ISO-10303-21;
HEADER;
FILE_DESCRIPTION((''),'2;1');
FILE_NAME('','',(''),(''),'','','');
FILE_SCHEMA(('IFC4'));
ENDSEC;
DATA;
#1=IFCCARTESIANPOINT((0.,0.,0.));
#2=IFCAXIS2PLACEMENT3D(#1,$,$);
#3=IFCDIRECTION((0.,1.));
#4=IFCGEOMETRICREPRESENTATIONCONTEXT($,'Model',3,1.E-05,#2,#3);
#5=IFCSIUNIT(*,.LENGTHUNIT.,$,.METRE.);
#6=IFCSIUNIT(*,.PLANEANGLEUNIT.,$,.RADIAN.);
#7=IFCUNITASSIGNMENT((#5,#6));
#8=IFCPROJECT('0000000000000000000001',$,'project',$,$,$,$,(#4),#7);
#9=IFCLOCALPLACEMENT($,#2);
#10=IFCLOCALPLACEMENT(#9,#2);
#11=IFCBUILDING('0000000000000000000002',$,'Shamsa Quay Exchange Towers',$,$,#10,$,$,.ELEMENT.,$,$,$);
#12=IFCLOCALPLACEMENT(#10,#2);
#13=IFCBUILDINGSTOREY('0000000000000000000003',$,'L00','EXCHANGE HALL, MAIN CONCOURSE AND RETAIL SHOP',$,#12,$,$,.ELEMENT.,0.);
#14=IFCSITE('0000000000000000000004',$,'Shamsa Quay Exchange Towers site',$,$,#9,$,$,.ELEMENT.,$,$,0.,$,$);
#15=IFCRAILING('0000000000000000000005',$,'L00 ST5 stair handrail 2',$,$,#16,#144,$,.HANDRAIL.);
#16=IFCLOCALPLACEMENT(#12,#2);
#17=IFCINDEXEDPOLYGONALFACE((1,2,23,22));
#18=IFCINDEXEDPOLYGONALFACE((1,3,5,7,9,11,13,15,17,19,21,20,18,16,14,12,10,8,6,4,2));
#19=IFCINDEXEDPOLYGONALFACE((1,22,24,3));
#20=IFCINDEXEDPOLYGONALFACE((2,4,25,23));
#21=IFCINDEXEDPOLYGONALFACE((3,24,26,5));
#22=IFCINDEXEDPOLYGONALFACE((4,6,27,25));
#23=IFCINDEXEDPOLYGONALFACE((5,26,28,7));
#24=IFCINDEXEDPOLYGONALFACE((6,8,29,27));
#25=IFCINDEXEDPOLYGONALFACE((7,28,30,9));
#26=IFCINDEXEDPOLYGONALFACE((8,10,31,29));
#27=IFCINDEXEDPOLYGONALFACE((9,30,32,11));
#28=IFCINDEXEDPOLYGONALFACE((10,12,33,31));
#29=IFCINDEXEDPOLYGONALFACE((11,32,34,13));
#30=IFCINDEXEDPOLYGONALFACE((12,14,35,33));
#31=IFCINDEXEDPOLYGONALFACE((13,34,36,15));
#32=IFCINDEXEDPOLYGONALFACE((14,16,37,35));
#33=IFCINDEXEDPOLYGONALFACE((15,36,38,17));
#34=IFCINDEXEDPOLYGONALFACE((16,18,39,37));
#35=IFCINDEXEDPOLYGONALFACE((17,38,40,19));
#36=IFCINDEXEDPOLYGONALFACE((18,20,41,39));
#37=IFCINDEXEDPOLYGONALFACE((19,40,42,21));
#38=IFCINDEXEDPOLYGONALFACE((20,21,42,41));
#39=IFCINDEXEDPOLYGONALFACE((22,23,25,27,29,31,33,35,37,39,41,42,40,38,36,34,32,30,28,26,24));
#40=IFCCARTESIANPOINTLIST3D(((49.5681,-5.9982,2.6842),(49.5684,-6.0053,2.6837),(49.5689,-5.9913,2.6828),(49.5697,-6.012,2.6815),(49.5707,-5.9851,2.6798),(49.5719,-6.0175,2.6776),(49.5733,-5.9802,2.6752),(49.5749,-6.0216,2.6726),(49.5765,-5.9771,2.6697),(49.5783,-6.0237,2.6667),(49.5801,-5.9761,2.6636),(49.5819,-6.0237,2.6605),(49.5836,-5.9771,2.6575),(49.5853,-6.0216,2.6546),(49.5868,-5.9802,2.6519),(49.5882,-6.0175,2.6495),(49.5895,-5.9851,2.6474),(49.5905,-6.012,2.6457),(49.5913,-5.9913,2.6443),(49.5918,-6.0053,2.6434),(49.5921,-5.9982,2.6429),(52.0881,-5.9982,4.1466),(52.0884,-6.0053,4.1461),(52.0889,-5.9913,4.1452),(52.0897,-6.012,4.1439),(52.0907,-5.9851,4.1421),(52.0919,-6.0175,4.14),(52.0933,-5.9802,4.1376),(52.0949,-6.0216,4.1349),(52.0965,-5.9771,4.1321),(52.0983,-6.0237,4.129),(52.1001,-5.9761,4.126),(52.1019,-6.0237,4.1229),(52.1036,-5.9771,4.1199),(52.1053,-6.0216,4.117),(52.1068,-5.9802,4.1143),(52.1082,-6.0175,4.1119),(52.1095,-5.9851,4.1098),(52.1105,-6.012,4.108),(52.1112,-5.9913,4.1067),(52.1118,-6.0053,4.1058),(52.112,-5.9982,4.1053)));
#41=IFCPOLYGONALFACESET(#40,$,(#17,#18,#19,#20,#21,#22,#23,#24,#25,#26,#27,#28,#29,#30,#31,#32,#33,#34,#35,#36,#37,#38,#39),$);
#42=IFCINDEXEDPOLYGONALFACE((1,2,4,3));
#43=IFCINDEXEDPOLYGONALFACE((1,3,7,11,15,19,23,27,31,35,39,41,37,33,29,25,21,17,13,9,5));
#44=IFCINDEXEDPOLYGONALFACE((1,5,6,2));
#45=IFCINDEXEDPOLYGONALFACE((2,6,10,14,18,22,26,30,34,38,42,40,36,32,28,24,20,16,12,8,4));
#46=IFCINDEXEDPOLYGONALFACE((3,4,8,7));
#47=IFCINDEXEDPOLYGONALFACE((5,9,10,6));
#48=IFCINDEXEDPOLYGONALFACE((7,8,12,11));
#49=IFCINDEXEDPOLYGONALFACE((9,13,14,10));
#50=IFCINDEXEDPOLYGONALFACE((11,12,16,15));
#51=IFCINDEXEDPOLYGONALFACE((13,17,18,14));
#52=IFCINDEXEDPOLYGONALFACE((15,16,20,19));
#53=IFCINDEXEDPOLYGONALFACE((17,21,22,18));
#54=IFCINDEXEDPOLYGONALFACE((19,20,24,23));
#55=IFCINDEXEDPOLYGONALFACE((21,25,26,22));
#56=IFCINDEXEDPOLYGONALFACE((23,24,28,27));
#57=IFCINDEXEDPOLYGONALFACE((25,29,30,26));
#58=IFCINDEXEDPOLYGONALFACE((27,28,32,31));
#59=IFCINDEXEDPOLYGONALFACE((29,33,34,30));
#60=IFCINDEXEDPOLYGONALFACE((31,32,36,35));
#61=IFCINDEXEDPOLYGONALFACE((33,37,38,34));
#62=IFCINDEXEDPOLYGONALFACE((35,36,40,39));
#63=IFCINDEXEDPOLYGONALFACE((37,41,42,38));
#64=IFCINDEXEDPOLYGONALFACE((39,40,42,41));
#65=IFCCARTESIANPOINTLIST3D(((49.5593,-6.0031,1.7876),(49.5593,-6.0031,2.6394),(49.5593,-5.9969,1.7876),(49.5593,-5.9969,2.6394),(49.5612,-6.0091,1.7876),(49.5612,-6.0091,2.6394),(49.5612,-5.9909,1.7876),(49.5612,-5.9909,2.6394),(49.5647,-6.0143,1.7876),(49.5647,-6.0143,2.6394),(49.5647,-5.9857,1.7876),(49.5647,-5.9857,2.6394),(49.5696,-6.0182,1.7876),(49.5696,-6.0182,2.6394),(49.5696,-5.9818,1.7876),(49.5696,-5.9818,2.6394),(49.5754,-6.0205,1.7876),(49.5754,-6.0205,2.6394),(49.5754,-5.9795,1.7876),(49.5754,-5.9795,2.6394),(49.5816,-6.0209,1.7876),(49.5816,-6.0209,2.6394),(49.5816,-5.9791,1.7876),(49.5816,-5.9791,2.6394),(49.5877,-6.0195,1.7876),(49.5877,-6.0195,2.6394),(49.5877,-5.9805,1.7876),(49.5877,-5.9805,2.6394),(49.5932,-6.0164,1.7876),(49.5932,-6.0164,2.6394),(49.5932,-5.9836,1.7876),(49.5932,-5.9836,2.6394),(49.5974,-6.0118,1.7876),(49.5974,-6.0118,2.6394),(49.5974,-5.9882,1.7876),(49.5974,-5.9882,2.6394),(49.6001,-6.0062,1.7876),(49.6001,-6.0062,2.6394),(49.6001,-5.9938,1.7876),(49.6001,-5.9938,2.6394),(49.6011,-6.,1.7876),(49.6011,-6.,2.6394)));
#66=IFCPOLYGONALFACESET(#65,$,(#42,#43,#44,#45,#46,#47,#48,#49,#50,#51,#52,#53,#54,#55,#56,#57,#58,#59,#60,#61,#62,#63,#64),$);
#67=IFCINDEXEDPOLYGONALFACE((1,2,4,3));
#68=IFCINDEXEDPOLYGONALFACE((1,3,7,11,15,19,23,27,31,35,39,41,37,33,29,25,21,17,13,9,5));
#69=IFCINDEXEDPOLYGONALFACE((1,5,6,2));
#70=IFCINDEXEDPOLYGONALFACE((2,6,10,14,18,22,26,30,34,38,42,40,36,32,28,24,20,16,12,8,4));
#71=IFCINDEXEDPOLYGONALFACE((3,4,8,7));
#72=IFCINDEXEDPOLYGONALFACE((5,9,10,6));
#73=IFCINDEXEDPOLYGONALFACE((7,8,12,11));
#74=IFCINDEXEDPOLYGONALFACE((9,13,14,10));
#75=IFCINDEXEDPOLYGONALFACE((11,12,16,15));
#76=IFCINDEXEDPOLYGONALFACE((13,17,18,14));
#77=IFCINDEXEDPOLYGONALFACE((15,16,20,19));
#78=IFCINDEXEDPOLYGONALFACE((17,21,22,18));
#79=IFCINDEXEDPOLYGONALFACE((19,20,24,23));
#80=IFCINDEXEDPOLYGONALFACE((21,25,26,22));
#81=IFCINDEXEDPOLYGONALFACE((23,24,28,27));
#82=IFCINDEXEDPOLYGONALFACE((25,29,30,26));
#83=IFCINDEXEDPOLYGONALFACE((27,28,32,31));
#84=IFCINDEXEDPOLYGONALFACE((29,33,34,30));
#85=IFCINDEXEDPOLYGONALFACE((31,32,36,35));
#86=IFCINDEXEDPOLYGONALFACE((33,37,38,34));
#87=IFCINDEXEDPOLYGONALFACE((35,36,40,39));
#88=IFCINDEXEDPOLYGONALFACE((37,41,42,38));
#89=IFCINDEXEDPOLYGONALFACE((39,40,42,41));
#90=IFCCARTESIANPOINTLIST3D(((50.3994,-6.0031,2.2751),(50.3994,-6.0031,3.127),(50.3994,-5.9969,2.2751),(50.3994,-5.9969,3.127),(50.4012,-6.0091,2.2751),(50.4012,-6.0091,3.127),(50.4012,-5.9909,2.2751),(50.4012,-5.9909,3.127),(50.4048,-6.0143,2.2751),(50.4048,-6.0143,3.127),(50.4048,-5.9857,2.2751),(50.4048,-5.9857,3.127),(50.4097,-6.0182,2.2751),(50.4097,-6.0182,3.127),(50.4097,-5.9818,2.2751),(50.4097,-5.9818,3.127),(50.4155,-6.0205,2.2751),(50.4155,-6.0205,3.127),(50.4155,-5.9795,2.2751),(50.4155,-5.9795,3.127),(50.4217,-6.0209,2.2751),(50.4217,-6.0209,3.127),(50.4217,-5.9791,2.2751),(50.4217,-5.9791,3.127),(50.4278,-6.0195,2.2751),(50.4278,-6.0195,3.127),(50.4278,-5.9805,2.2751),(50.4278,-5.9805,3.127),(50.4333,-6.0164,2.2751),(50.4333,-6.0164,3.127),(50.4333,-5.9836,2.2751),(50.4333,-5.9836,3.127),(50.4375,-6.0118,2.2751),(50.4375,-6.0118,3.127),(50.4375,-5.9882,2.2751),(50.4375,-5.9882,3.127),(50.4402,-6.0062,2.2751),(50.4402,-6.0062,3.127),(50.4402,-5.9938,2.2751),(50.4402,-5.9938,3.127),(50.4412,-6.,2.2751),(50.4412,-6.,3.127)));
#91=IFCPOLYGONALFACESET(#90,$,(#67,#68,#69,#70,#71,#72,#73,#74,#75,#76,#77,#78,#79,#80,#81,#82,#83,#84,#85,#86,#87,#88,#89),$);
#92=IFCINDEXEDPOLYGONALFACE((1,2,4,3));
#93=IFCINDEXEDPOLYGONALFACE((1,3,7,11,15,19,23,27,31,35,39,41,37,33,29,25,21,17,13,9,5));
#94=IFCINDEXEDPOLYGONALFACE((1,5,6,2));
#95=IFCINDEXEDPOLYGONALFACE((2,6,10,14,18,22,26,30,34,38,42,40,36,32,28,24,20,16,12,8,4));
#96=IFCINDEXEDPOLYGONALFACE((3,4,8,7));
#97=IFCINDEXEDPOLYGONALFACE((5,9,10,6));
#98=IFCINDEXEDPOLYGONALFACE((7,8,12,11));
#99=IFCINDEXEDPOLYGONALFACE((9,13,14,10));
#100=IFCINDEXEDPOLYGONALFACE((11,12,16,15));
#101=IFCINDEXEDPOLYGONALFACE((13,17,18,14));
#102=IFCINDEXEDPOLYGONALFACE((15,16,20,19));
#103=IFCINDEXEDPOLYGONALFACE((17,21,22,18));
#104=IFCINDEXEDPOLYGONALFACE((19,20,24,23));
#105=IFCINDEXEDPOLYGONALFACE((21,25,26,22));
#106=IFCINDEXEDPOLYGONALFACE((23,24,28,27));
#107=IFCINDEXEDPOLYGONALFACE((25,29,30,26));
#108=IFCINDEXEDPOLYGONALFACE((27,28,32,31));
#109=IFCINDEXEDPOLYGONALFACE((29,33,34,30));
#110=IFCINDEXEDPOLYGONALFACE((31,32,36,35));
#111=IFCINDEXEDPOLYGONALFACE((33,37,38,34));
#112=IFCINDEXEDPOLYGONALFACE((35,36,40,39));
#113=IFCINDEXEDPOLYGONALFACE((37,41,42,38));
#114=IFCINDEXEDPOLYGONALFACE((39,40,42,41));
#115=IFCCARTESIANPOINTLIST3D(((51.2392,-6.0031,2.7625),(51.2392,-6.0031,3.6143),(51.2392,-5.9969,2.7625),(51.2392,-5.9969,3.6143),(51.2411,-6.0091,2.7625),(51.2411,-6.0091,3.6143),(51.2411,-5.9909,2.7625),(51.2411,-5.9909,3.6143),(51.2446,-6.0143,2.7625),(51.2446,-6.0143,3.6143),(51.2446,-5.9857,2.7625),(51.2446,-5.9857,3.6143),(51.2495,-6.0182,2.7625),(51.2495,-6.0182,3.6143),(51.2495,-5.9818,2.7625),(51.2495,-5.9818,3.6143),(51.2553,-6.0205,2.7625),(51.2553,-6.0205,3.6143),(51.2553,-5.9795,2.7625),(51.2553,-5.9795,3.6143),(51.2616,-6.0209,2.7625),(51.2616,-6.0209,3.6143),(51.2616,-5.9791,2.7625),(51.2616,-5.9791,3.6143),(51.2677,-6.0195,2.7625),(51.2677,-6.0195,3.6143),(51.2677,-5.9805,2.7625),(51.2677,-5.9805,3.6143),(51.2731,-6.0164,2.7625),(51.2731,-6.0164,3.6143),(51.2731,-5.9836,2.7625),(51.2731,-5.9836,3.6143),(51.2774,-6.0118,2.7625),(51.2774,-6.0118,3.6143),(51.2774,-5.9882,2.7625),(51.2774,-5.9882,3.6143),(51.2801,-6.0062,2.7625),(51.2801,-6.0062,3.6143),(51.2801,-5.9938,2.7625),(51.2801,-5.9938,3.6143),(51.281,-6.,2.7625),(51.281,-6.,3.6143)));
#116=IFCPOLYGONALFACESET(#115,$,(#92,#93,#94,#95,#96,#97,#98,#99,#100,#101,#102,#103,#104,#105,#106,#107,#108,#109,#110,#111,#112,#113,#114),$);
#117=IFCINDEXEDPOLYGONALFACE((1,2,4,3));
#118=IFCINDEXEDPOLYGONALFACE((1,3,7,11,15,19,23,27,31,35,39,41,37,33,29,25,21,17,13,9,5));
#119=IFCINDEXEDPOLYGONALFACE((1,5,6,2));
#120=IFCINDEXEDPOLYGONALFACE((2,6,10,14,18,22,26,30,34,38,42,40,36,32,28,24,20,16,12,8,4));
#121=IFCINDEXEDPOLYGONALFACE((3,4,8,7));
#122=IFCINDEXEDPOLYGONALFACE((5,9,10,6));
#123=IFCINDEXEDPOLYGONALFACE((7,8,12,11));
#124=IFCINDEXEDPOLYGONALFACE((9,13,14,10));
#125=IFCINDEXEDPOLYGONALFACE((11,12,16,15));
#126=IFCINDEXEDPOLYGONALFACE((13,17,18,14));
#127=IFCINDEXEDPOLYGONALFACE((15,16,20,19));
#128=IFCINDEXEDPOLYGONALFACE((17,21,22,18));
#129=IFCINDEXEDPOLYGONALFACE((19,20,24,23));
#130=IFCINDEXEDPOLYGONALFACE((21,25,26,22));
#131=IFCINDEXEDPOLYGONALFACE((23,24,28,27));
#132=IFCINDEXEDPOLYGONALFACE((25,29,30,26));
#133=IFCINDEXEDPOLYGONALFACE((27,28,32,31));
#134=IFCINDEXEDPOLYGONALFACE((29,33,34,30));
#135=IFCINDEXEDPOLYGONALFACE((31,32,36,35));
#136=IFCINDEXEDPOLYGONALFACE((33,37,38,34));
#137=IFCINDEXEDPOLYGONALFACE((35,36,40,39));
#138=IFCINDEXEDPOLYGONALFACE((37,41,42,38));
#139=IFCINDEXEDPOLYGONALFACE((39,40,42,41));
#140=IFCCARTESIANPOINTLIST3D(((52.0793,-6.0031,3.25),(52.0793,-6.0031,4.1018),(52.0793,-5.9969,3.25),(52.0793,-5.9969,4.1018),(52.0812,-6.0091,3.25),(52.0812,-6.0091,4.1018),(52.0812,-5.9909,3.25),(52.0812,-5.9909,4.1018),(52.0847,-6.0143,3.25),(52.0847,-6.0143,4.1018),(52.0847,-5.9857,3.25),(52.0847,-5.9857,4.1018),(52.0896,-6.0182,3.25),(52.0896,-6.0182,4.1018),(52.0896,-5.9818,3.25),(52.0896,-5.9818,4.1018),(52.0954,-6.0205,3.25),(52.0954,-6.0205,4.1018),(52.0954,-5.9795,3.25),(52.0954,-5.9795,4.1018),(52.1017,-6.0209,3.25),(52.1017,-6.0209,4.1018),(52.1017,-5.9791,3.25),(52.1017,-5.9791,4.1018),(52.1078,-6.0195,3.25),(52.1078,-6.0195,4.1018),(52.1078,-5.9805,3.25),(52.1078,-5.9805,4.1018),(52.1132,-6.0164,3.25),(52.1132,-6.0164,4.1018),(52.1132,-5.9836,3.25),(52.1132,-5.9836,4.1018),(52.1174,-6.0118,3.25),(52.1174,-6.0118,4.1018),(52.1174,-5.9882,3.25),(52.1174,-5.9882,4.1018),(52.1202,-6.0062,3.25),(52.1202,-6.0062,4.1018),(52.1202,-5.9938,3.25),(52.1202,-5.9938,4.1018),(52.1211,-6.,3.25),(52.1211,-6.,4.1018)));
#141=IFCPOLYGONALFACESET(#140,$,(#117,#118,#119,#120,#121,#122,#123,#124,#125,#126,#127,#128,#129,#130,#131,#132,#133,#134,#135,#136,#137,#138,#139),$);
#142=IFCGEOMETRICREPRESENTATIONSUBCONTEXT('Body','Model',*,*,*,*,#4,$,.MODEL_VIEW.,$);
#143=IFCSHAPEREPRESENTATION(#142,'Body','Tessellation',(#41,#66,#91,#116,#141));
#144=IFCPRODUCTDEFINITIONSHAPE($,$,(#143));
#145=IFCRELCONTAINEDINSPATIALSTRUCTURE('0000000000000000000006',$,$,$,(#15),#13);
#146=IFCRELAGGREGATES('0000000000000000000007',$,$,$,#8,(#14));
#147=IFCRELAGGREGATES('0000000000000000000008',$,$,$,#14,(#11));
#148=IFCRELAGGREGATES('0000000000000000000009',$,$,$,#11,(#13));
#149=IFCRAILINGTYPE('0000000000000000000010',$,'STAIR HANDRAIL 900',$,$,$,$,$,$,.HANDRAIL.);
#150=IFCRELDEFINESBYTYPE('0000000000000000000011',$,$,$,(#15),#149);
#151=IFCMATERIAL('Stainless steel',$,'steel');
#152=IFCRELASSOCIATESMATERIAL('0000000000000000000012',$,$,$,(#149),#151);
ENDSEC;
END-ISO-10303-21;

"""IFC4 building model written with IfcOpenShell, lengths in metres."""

from ifc_helpers import new_model, si_unit, direction, frame, origin, origin_2d, place, context, subcontext, project, spatial, circle, extrude, material, type_object, element, save


model = new_model("IFC4")

# Units and contexts
model_context = context("Model", 3, precision=1e-05, world=origin(), true_north=direction((0.0, 1.0)))
body_context = subcontext(model_context, "Body", "Model", "MODEL_VIEW")
ifc_project = project(units=[si_unit("LENGTHUNIT", "METRE"), si_unit("PLANEANGLEUNIT", "RADIAN")], contexts=[model_context])

# Site, building, storey
site_placement = place(None, origin())
site = spatial("IfcSite", under=ifc_project, at=site_placement, Name="Shamsa Quay Exchange Towers site", CompositionType="ELEMENT", RefElevation=0.0)
building_placement = place(site_placement, origin())
building = spatial("IfcBuilding", under=site, at=building_placement, Name="Shamsa Quay Exchange Towers", CompositionType="ELEMENT")
storey_placement = place(building_placement, origin())
storey = spatial("IfcBuildingStorey", under=building, at=storey_placement, Name="L00", Description="EXCHANGE HALL, MAIN CONCOURSE AND RETAIL SHOP", CompositionType="ELEMENT", Elevation=0.0)

# Railing
ifc_material_1 = material(Name="Stainless steel", Category="steel")
railing_type = type_object("IfcRailingType", Name="STAIR HANDRAIL 900", PredefinedType="HANDRAIL", material=ifc_material_1)
for number, where, name in (
    (1, (49.5801, -6.0, 1.7876), "L00 ST5 stair handrail 2"),
):
    element("IfcRailing", number, at=place(storey_placement, frame(where)), inside=storey, type_object=railing_type, Name=name, PredefinedType="HANDRAIL", context=body_context, shape_type="SweptSolid", body=[
        extrude(circle(Radius=0.0239, at=origin_2d()), frame((0.0, 0.0, 0.876), z_axis=(0.864913, 0.0, 0.501921), x_axis=(0.0, 1.0, 0.0)), (0.0, 0.0, 1.0), 2.9136),
        extrude(circle(Radius=0.021, at=origin_2d()), origin(), (0.0, 0.0, 1.0), 0.8518),
        extrude(circle(Radius=0.021, at=origin_2d()), frame((0.8401, 0.0, 0.4875)), (0.0, 0.0, 1.0), 0.8518),
        extrude(circle(Radius=0.021, at=origin_2d()), frame((1.6799, 0.0, 0.9749)), (0.0, 0.0, 1.0), 0.8518),
        extrude(circle(Radius=0.021, at=origin_2d()), frame((2.52, 0.0, 1.4624)), (0.0, 0.0, 1.0), 0.8518),
    ])

save(model, "model.ifc")
